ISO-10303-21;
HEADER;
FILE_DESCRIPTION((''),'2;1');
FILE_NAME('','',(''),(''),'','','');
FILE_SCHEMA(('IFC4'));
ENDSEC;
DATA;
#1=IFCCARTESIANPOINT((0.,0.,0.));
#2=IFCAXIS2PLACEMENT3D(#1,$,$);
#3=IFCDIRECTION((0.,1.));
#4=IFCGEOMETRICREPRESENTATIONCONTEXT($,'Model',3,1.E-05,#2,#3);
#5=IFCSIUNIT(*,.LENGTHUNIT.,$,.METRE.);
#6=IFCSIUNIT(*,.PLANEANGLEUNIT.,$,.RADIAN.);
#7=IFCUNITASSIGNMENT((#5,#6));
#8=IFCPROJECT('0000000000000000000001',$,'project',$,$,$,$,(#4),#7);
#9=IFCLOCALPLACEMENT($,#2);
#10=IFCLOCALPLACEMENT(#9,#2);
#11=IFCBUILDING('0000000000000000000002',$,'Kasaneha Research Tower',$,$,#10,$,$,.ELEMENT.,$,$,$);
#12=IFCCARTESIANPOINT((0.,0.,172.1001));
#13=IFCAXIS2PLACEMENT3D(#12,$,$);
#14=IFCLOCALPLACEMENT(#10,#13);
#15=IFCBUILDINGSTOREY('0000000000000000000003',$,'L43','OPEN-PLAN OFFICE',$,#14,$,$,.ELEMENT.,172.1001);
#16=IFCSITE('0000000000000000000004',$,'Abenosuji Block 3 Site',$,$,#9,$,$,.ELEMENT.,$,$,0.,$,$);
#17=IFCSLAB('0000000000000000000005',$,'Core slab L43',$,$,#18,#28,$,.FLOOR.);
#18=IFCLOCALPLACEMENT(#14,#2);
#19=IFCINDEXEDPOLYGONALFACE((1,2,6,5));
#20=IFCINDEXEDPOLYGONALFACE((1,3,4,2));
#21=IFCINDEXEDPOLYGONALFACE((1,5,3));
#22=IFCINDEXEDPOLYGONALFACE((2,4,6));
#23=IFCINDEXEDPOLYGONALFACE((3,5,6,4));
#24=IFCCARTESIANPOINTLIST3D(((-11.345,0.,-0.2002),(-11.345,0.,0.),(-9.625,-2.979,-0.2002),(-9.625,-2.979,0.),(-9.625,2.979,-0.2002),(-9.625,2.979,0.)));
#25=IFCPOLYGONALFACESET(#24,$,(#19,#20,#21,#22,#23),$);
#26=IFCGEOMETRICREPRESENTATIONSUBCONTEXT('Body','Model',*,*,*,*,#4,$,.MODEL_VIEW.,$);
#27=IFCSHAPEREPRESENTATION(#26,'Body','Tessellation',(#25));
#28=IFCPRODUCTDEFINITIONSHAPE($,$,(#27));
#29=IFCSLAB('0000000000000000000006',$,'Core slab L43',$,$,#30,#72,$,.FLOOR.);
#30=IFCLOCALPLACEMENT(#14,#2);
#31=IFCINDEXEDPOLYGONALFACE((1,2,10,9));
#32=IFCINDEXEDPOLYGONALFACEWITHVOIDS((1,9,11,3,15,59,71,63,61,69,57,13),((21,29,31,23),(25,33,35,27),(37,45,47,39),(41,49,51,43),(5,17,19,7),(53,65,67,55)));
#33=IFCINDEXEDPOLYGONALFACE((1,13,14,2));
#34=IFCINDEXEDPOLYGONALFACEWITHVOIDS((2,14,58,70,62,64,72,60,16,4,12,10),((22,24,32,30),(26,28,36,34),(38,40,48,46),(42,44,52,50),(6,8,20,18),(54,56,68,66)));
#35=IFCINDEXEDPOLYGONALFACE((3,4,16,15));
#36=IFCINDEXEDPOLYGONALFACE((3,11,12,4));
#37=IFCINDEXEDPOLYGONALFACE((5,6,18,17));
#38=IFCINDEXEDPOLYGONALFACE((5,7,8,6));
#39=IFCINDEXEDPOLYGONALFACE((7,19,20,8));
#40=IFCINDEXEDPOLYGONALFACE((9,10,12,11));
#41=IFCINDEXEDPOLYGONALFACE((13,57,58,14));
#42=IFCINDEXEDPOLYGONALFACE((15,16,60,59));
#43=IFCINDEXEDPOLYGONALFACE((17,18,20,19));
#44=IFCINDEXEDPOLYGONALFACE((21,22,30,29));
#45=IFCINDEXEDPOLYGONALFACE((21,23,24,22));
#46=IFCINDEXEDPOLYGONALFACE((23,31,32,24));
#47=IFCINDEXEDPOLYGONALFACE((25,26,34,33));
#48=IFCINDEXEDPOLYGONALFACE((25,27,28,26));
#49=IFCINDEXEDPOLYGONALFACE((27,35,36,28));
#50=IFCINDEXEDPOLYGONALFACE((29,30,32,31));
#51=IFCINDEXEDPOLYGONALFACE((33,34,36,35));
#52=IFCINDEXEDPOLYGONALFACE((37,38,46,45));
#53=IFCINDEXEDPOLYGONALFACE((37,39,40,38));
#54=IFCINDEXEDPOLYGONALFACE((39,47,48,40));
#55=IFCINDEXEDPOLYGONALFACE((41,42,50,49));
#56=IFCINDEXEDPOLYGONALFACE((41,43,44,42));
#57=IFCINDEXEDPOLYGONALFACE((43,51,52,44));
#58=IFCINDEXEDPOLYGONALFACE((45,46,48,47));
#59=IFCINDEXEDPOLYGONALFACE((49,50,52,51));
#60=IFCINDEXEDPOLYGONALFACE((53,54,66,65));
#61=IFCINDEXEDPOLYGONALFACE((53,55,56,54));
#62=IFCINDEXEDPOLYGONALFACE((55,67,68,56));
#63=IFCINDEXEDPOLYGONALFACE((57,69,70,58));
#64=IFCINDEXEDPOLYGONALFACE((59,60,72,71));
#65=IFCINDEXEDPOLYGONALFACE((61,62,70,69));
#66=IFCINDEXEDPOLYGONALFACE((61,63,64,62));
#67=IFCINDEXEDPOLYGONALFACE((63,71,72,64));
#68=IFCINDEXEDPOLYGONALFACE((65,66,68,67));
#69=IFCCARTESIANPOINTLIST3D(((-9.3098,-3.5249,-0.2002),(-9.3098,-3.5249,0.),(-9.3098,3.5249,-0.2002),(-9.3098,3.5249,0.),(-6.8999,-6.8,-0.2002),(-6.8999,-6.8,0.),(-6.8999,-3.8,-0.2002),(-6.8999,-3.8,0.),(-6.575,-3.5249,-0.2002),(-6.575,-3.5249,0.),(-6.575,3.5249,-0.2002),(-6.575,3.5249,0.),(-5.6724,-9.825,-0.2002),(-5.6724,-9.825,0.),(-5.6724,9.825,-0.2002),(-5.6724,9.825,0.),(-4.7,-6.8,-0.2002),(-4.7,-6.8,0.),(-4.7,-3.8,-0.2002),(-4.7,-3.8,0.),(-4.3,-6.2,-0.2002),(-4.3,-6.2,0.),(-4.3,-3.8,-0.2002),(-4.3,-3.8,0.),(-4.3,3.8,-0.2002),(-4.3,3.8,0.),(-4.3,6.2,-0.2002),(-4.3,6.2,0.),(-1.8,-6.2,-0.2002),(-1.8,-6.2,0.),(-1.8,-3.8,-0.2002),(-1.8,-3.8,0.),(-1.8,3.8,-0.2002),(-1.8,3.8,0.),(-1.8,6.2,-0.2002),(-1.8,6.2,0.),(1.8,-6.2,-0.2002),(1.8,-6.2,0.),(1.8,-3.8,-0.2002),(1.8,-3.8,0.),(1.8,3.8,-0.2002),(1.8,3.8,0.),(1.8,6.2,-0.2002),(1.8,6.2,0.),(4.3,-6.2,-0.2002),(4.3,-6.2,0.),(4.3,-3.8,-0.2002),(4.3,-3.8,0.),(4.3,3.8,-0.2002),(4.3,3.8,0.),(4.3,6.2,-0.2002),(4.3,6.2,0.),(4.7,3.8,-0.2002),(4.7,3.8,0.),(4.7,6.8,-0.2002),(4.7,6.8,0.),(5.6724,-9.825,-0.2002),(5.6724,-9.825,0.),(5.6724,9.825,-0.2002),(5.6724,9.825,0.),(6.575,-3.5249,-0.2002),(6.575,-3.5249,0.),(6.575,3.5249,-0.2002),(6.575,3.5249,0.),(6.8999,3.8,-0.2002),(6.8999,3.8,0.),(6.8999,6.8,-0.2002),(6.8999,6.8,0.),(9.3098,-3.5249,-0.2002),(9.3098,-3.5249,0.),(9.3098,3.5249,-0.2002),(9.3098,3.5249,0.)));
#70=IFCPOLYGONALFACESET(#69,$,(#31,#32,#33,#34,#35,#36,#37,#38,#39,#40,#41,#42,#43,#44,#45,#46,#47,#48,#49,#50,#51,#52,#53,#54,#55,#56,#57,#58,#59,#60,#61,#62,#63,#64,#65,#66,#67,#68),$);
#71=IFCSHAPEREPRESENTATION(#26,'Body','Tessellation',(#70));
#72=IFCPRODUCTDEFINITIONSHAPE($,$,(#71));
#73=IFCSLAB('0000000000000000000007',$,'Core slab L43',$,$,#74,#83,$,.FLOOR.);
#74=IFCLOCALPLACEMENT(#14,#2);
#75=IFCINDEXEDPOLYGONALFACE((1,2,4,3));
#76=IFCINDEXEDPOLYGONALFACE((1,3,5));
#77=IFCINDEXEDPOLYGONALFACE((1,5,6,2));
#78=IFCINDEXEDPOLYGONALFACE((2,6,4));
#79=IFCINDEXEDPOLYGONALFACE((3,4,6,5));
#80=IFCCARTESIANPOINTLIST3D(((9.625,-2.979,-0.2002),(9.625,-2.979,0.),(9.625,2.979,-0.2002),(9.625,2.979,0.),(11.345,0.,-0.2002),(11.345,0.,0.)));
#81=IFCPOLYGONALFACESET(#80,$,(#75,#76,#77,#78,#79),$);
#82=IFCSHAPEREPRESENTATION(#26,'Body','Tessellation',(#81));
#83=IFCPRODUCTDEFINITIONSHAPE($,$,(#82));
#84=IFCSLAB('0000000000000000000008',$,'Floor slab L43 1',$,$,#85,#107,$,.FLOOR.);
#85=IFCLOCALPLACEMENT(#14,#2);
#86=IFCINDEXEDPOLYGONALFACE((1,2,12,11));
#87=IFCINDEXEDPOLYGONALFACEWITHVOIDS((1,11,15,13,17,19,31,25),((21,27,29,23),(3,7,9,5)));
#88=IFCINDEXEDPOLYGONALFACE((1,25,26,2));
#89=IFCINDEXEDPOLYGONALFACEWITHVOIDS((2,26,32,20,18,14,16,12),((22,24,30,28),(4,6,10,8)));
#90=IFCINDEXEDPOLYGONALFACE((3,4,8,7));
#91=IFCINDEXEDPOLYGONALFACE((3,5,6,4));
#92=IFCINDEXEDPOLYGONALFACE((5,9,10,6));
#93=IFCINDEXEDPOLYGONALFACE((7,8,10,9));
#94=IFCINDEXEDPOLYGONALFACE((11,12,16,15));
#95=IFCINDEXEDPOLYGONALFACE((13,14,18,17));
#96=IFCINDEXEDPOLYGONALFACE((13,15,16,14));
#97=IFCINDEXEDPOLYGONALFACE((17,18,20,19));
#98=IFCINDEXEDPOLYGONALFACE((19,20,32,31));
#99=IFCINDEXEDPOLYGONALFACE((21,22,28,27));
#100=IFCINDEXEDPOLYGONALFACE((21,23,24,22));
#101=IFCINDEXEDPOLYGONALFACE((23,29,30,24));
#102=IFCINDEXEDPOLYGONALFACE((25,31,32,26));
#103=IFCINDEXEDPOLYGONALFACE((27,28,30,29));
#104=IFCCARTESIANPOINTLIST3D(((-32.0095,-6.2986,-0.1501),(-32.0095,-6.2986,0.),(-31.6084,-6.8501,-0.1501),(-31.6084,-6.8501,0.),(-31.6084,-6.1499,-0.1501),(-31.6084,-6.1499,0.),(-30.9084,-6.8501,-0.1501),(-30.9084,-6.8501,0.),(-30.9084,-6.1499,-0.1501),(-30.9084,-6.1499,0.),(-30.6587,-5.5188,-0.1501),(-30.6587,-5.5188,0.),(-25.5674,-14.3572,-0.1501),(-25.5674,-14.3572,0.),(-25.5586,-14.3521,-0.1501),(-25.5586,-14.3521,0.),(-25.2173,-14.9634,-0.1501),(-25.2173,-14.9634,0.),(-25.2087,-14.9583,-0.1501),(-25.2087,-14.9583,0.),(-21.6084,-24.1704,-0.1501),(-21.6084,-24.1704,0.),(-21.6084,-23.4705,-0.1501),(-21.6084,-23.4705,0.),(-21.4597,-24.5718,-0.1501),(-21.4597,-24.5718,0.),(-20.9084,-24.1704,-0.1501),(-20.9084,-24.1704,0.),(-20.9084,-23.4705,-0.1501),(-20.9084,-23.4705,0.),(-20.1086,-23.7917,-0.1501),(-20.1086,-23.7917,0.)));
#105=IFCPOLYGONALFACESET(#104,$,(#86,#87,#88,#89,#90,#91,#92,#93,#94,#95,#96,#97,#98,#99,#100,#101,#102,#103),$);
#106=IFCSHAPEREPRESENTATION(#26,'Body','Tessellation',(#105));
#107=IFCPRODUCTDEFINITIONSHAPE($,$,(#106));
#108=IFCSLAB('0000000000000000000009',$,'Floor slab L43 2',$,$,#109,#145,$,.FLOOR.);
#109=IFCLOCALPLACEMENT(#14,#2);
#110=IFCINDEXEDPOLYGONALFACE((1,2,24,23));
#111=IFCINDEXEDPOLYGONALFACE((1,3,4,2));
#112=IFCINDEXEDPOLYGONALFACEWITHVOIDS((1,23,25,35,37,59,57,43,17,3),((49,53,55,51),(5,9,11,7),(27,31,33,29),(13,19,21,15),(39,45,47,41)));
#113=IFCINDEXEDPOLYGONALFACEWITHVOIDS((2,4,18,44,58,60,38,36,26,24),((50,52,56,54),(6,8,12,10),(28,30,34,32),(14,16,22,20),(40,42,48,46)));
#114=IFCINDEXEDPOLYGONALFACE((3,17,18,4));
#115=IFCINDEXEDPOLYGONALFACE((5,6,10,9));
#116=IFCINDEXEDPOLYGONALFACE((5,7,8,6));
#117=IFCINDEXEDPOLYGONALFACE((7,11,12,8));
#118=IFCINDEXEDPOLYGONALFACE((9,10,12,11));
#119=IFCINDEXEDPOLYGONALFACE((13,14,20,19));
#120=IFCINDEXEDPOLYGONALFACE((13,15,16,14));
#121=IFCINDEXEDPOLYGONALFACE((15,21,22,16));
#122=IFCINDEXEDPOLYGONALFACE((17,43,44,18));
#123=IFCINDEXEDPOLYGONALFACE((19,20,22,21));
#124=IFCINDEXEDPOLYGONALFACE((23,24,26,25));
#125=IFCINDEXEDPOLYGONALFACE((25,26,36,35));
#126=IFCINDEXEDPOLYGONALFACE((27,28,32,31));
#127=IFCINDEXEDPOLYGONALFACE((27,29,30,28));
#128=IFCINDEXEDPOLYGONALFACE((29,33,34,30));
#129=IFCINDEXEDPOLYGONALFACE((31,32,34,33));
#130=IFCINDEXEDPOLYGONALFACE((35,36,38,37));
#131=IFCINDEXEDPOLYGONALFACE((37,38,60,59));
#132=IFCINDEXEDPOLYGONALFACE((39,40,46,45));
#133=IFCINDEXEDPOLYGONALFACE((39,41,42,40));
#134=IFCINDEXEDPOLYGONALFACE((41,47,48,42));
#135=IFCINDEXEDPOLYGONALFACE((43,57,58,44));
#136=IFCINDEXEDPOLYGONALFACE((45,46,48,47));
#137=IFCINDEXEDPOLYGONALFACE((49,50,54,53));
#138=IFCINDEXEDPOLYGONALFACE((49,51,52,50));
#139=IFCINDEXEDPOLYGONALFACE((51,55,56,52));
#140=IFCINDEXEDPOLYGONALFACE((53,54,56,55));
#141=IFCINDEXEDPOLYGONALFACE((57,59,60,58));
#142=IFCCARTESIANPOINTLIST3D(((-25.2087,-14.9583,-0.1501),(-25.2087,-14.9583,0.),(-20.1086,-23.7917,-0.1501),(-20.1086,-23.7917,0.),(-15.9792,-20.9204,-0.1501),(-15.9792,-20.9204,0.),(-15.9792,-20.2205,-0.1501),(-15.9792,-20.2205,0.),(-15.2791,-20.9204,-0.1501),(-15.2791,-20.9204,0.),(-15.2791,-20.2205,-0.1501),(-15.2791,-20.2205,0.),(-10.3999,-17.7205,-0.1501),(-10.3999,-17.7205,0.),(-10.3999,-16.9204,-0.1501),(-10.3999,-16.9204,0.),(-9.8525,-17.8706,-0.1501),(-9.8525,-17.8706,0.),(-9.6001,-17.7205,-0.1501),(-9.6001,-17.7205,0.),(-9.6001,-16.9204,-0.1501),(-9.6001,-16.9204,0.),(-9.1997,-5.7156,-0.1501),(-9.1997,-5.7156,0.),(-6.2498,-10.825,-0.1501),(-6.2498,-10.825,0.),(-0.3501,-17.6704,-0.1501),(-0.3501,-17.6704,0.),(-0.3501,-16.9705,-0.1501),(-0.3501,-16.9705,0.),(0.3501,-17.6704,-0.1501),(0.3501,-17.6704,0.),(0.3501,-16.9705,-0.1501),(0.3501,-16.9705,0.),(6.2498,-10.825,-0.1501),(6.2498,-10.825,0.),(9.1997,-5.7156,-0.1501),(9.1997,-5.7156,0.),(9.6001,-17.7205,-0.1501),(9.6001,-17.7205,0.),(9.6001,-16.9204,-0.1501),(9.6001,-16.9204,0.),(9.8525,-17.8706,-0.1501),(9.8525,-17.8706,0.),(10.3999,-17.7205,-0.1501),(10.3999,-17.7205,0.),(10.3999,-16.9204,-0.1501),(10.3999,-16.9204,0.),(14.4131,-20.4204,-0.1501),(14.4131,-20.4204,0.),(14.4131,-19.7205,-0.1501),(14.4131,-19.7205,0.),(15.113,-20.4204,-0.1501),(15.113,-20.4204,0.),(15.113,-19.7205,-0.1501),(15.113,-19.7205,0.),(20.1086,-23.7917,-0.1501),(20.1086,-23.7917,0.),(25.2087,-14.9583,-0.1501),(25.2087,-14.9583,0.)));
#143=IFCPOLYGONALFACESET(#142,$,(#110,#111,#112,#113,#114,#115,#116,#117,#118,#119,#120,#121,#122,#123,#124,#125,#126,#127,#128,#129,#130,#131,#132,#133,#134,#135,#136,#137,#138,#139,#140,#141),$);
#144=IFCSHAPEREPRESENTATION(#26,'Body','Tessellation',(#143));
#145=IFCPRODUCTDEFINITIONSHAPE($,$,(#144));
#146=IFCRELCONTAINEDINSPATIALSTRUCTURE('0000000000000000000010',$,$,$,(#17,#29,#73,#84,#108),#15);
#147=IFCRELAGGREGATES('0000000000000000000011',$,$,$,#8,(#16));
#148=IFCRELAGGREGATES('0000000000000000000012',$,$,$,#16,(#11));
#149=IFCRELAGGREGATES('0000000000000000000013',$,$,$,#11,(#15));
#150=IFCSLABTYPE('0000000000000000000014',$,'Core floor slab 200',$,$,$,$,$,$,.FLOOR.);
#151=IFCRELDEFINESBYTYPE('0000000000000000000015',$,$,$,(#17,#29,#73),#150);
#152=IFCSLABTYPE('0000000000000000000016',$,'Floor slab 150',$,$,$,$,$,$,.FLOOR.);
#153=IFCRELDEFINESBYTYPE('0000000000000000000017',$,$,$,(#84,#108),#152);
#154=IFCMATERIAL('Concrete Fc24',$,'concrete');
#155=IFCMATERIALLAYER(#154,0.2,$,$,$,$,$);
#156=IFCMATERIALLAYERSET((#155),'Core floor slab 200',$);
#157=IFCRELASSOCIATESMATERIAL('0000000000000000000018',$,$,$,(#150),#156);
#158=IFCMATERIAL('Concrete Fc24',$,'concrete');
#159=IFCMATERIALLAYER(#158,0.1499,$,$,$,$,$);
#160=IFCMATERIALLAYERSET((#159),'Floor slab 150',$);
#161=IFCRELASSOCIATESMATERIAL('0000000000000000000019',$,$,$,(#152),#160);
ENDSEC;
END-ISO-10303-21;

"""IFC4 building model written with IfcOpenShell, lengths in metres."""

from ifc_helpers import new_model, si_unit, direction, frame, origin, place, context, subcontext, project, spatial, polyline, outline, extrude, material, layer, layer_set, type_object, element, save


model = new_model("IFC4")

# Units and contexts
model_context = context("Model", 3, precision=1e-05, world=origin(), true_north=direction((0.0, 1.0)))
body_context = subcontext(model_context, "Body", "Model", "MODEL_VIEW")
ifc_project = project(units=[si_unit("LENGTHUNIT", "METRE"), si_unit("PLANEANGLEUNIT", "RADIAN")], contexts=[model_context])

# Site, building, storey
site_placement = place(None, origin())
site = spatial("IfcSite", under=ifc_project, at=site_placement, Name="Abenosuji Block 3 Site", CompositionType="ELEMENT", RefElevation=0.0)
building_placement = place(site_placement, origin())
building = spatial("IfcBuilding", under=site, at=building_placement, Name="Kasaneha Research Tower", CompositionType="ELEMENT")
storey_placement = place(building_placement, frame((0.0, 0.0, 172.1001)))
storey = spatial("IfcBuildingStorey", under=building, at=storey_placement, Name="L43", Description="OPEN-PLAN OFFICE", CompositionType="ELEMENT", Elevation=172.1001)

# Slabs
ifc_material_1 = material(Name="Concrete Fc24", Category="concrete")
ifc_layer_1 = layer(ifc_material_1, 0.2)
ifc_layer_set_1 = layer_set([ifc_layer_1], Name="Core floor slab 200")
slab_type_1 = type_object("IfcSlabType", Name="Core floor slab 200", PredefinedType="FLOOR", material=ifc_layer_set_1)
slab_1_placement = place(storey_placement, frame((0.0, 0.0, -0.2002)))
element("IfcSlab", 1, at=slab_1_placement, inside=storey, type_object=slab_type_1, Name="Core slab L43", PredefinedType="FLOOR", context=body_context, shape_type="SweptSolid", body=[
    extrude(outline(polyline([(-11.345, 0.0), (-9.625, 2.979), (-9.625, -2.979), (-11.345, 0.0)])), origin(), (0.0, 0.0, 1.0), 0.2002),
])
slab_2_placement = place(storey_placement, frame((0.0, 0.0, -0.2002)))
element("IfcSlab", 2, at=slab_2_placement, inside=storey, type_object=slab_type_1, Name="Core slab L43", PredefinedType="FLOOR", context=body_context, shape_type="SweptSolid", body=[
    extrude(outline(polyline([(-5.6724, 9.825), (5.6724, 9.825), (9.3098, 3.5249), (6.575, 3.5249), (6.575, -3.5249), (9.3098, -3.5249), (5.6724, -9.825), (-5.6724, -9.825), (-9.3098, -3.5249), (-6.575, -3.5249), (-6.575, 3.5249), (-9.3098, 3.5249), (-5.6724, 9.825)]), holes=[polyline([(-6.8999, -3.8), (-6.8999, -6.8), (-4.7, -6.8), (-4.7, -3.8), (-6.8999, -3.8)]), polyline([(-4.3, -3.8), (-4.3, -6.2), (-1.8, -6.2), (-1.8, -3.8), (-4.3, -3.8)]), polyline([(1.8, -3.8), (1.8, -6.2), (4.3, -6.2), (4.3, -3.8), (1.8, -3.8)]), polyline([(-4.3, 6.2), (-4.3, 3.8), (-1.8, 3.8), (-1.8, 6.2), (-4.3, 6.2)]), polyline([(4.3, 6.2), (1.8, 6.2), (1.8, 3.8), (4.3, 3.8), (4.3, 6.2)]), polyline([(6.8999, 6.8), (4.7, 6.8), (4.7, 3.8), (6.8999, 3.8), (6.8999, 6.8)])]), origin(), (0.0, 0.0, 1.0), 0.2002),
])
slab_3_placement = place(storey_placement, frame((0.0, 0.0, -0.2002)))
element("IfcSlab", 3, at=slab_3_placement, inside=storey, type_object=slab_type_1, Name="Core slab L43", PredefinedType="FLOOR", context=body_context, shape_type="SweptSolid", body=[
    extrude(outline(polyline([(11.345, 0.0), (9.625, -2.979), (9.625, 2.979), (11.345, 0.0)])), origin(), (0.0, 0.0, 1.0), 0.2002),
])
ifc_material_2 = material(Name="Concrete Fc24", Category="concrete")
ifc_layer_2 = layer(ifc_material_2, 0.1499)
ifc_layer_set_2 = layer_set([ifc_layer_2], Name="Floor slab 150")
slab_type_2 = type_object("IfcSlabType", Name="Floor slab 150", PredefinedType="FLOOR", material=ifc_layer_set_2)
slab_4_placement = place(storey_placement, frame((0.0, 0.0, -0.1501)))
element("IfcSlab", 4, at=slab_4_placement, inside=storey, type_object=slab_type_2, Name="Floor slab L43 1", PredefinedType="FLOOR", context=body_context, shape_type="SweptSolid", body=[
    extrude(outline(polyline([(-32.0095, -6.2986), (-30.6587, -5.5188), (-25.5586, -14.3521), (-25.5674, -14.3572), (-25.2173, -14.9634), (-25.2087, -14.9583), (-20.1086, -23.7917), (-21.4597, -24.5718), (-32.0095, -6.2986)]), holes=[polyline([(-20.9084, -24.1704), (-20.9084, -23.4705), (-21.6084, -23.4705), (-21.6084, -24.1704), (-20.9084, -24.1704)]), polyline([(-30.9084, -6.8501), (-30.9084, -6.1499), (-31.6084, -6.1499), (-31.6084, -6.8501), (-30.9084, -6.8501)])]), origin(), (0.0, 0.0, 1.0), 0.1501),
])
slab_5_placement = place(storey_placement, frame((0.0, 0.0, -0.1501)))
element("IfcSlab", 5, at=slab_5_placement, inside=storey, type_object=slab_type_2, Name="Floor slab L43 2", PredefinedType="FLOOR", context=body_context, shape_type="SweptSolid", body=[
    extrude(outline(polyline([(9.8525, -17.8706), (-9.8525, -17.8706), (-20.1086, -23.7917), (-25.2087, -14.9583), (-9.1997, -5.7156), (-6.2498, -10.825), (6.2498, -10.825), (9.1997, -5.7156), (25.2087, -14.9583), (20.1086, -23.7917), (9.8525, -17.8706)]), holes=[polyline([(-15.2791, -20.9204), (-15.2791, -20.2205), (-15.9792, -20.2205), (-15.9792, -20.9204), (-15.2791, -20.9204)]), polyline([(0.3501, -17.6704), (0.3501, -16.9705), (-0.3501, -16.9705), (-0.3501, -17.6704), (0.3501, -17.6704)]), polyline([(-10.3999, -17.7205), (-9.6001, -17.7205), (-9.6001, -16.9204), (-10.3999, -16.9204), (-10.3999, -17.7205)]), polyline([(15.113, -20.4204), (15.113, -19.7205), (14.4131, -19.7205), (14.4131, -20.4204), (15.113, -20.4204)]), polyline([(9.6001, -17.7205), (10.3999, -17.7205), (10.3999, -16.9204), (9.6001, -16.9204), (9.6001, -17.7205)])]), origin(), (0.0, 0.0, 1.0), 0.1501),
])

save(model, "model.ifc")
